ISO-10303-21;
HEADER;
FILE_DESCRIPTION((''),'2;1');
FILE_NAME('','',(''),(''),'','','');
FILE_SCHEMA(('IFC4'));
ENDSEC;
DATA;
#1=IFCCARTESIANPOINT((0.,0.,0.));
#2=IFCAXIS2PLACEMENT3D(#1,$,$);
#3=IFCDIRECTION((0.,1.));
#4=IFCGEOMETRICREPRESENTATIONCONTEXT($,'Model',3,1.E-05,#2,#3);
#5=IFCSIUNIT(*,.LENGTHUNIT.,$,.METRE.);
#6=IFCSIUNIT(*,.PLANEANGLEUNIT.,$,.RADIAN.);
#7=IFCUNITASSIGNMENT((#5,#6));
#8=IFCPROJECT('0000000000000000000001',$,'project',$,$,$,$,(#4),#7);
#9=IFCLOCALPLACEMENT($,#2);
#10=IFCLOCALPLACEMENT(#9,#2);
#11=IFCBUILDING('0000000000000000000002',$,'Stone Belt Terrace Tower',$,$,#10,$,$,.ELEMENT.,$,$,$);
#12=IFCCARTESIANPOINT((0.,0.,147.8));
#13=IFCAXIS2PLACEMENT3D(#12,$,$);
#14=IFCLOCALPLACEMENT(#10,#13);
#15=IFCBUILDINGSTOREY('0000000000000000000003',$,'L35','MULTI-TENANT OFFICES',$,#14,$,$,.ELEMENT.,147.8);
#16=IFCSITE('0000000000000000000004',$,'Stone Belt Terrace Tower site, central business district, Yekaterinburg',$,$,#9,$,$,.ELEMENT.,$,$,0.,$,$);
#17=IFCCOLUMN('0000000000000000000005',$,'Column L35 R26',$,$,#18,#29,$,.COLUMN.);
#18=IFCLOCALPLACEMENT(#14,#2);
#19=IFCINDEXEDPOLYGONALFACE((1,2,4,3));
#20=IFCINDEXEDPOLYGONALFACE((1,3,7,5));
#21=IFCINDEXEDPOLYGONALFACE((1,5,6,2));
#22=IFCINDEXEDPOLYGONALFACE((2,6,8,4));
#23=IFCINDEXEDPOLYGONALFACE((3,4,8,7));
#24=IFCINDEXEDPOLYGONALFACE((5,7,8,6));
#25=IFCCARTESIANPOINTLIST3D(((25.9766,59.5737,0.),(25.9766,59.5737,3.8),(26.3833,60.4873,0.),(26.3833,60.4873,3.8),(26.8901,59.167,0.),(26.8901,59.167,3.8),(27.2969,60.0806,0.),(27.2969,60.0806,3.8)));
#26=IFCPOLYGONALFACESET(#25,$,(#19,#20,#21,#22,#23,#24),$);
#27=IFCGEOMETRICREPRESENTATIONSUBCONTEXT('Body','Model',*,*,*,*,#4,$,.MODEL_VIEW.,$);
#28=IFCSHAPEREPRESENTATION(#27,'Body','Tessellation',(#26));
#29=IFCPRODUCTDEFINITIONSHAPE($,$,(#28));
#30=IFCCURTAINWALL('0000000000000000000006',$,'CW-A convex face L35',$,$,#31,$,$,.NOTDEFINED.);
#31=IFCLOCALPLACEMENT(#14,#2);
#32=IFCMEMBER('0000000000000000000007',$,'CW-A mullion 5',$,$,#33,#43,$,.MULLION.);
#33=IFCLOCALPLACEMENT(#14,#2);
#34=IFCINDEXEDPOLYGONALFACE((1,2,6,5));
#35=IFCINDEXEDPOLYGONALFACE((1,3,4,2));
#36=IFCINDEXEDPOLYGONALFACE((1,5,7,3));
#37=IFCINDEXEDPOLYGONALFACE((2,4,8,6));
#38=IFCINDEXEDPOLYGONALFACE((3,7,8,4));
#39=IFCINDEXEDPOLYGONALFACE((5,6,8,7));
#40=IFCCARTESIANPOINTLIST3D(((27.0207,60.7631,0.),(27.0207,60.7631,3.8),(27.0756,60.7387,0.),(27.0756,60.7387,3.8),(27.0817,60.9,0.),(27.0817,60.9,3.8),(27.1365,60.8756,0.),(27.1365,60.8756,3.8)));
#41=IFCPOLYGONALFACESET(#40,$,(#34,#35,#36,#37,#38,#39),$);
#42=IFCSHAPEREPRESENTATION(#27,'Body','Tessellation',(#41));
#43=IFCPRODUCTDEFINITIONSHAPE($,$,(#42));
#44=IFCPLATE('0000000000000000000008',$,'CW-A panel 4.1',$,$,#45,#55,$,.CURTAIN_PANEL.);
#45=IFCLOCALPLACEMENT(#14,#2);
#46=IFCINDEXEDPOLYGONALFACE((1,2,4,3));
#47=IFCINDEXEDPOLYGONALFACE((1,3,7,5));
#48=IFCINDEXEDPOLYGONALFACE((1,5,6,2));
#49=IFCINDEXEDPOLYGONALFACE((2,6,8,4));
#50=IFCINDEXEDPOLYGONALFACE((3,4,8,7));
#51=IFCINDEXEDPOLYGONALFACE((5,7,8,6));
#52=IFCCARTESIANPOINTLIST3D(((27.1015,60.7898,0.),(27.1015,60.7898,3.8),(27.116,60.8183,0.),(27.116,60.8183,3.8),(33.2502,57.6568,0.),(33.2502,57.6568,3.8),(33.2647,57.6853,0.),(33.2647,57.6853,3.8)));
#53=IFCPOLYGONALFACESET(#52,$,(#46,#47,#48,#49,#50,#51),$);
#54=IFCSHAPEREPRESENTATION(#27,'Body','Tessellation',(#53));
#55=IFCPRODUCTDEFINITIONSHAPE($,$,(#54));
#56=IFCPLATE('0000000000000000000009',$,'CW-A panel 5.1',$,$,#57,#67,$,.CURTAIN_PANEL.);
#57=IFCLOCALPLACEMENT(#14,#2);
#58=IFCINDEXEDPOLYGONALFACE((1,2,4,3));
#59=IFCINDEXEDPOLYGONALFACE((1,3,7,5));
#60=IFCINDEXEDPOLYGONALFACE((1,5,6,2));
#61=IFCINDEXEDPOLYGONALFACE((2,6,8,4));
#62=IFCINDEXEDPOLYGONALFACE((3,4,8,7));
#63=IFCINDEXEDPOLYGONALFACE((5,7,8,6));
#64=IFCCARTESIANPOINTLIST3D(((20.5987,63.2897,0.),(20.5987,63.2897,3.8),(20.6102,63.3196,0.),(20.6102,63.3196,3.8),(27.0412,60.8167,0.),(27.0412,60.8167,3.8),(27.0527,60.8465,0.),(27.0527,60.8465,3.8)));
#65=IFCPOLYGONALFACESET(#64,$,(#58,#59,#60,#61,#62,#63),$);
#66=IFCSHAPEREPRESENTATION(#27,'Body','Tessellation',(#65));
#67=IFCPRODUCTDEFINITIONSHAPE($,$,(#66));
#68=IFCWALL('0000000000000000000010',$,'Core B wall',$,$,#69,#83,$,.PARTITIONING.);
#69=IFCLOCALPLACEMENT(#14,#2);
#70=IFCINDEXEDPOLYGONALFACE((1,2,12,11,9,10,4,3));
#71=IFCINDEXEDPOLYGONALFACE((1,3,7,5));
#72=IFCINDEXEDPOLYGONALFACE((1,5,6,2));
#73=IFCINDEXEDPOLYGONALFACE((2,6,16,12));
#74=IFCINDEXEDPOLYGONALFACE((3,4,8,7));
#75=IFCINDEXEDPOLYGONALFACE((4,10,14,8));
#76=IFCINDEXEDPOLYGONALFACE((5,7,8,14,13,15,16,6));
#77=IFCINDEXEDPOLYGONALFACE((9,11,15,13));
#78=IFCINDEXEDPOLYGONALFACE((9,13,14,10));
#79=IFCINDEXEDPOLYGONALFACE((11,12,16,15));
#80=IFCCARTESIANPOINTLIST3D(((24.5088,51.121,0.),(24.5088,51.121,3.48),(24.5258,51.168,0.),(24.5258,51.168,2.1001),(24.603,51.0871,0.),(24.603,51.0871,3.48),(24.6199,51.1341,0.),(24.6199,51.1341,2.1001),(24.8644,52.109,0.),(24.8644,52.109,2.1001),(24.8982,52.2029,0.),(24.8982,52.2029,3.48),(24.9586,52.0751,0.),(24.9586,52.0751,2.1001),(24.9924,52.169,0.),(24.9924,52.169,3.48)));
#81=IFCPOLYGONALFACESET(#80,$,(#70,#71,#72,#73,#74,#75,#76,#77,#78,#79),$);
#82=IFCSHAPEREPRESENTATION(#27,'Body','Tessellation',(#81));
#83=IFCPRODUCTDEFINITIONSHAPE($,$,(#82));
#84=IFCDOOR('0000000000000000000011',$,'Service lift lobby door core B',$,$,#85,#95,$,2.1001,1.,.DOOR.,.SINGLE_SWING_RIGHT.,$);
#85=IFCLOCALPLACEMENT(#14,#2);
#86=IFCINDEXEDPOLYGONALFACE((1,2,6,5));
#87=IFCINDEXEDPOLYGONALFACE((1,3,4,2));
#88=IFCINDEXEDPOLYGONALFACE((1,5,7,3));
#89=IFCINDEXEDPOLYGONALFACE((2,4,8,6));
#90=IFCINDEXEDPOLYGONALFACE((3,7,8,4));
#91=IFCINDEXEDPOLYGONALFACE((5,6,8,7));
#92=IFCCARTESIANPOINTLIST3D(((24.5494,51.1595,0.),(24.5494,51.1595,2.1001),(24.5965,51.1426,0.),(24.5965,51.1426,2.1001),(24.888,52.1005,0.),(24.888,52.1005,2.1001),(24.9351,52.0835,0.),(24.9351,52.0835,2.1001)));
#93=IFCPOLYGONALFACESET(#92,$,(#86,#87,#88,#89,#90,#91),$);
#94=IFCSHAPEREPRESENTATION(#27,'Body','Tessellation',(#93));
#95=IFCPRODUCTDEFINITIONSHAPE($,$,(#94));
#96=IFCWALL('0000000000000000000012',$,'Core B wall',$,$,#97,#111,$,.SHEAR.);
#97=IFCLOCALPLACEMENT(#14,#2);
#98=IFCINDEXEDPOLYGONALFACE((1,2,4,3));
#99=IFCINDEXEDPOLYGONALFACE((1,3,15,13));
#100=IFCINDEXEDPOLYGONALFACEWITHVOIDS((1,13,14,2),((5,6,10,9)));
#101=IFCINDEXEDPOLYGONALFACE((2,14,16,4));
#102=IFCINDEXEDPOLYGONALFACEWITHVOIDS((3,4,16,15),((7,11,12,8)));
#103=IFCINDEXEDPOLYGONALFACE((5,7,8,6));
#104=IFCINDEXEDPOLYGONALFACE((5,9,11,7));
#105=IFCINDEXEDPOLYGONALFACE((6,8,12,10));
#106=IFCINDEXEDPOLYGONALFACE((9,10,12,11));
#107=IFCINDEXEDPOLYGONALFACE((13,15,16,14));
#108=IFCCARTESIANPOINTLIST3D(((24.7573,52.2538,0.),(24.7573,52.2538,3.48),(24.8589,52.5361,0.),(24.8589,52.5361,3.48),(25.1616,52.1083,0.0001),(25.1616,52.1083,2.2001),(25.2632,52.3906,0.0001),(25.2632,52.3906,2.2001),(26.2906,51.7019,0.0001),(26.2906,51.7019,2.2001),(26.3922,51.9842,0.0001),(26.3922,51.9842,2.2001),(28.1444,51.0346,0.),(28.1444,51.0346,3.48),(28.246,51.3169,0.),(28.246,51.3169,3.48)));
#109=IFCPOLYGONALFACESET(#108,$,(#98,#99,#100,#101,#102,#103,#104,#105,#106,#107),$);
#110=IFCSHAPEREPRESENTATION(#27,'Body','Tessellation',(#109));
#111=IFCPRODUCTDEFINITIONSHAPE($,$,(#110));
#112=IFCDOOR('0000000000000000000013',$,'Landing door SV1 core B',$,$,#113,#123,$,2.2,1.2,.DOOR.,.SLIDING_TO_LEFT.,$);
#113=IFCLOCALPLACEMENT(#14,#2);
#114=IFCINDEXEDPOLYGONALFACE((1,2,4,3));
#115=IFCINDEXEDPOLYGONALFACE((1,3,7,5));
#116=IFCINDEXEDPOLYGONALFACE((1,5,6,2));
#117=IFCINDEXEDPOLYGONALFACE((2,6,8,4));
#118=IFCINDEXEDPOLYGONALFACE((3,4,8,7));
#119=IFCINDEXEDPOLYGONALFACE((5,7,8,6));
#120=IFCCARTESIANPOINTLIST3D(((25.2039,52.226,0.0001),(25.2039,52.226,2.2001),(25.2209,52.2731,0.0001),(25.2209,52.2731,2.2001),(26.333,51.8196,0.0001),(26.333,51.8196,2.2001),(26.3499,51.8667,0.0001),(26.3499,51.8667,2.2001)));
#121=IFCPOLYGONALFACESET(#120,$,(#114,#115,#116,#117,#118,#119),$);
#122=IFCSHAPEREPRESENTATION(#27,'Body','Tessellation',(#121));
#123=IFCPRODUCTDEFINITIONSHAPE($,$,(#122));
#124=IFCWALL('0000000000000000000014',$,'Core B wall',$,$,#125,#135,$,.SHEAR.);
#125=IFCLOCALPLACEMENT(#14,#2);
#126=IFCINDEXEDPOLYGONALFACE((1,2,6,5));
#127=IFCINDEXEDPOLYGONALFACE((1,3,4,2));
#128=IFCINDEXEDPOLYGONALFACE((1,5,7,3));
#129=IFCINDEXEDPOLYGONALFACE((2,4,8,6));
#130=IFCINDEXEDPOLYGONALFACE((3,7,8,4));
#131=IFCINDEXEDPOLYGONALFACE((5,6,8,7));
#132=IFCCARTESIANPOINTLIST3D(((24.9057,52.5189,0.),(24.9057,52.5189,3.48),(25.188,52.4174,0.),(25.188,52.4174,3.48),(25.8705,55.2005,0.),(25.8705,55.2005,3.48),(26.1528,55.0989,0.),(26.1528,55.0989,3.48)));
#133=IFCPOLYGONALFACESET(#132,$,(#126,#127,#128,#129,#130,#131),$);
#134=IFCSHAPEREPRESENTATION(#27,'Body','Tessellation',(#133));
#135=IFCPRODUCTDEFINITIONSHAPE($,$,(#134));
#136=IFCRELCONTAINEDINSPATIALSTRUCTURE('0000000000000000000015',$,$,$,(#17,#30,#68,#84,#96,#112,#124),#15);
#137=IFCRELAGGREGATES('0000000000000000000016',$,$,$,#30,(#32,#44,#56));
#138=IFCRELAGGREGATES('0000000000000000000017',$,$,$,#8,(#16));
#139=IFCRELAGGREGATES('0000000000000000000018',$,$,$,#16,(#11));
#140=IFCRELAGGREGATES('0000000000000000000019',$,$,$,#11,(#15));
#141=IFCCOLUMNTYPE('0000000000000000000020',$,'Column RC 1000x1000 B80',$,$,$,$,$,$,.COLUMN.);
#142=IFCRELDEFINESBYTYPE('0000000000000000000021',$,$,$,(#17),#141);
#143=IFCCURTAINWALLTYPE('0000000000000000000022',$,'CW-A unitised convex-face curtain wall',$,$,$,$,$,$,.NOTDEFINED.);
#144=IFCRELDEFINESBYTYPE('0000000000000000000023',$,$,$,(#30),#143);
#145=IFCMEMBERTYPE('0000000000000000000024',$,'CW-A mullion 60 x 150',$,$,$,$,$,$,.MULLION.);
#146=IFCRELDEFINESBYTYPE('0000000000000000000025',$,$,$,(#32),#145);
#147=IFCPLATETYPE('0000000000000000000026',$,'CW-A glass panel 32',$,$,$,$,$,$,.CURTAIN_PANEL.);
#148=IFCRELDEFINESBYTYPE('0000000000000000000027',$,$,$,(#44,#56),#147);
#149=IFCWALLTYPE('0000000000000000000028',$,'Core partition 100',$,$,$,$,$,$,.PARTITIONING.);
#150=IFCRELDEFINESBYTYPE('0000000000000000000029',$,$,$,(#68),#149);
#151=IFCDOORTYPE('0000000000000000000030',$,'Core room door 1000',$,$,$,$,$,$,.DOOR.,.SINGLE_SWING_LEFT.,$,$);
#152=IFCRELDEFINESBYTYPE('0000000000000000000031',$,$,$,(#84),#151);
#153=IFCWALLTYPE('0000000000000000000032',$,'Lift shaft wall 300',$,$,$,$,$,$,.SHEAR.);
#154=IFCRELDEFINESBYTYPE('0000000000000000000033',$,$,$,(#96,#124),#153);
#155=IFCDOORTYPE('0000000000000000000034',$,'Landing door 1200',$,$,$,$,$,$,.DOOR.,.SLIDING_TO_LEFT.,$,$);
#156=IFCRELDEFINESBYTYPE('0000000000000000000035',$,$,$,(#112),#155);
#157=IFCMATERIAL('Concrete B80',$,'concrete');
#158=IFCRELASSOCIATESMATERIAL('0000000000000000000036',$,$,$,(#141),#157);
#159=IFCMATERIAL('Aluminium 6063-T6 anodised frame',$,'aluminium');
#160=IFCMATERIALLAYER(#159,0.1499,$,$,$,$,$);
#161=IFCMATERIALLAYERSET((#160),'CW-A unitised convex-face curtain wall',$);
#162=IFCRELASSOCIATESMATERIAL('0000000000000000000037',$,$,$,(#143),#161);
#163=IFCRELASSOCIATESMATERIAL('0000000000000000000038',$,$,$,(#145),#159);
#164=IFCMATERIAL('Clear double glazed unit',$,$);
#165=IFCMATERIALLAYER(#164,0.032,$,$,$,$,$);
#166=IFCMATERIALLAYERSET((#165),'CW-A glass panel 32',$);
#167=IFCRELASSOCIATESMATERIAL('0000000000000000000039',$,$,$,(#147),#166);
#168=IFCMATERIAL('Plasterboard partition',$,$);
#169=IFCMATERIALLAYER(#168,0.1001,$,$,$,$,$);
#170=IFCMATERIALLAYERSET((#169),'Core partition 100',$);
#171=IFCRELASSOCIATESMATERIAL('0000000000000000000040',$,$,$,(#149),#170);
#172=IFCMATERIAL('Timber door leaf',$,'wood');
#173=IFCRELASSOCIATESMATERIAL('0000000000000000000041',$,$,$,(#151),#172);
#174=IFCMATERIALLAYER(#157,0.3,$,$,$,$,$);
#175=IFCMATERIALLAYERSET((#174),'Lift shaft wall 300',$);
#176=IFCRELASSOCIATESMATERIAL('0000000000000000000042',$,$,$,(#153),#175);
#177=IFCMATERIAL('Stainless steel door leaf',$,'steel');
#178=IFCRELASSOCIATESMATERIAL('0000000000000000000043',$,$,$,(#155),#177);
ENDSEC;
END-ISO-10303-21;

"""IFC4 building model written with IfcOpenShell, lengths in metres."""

from ifc_helpers import new_model, si_unit, direction, frame, frame_2d, origin, origin_2d, place, context, subcontext, project, spatial, rectangle, extrude, material, layer, layer_set, material_profile, profile_set, type_object, element, fill, aggregate, save


model = new_model("IFC4")

# Units and contexts
model_context = context("Model", 3, precision=1e-05, world=origin(), true_north=direction((0.0, 1.0)))
body_context = subcontext(model_context, "Body", "Model", "MODEL_VIEW")
ifc_project = project(units=[si_unit("LENGTHUNIT", "METRE"), si_unit("PLANEANGLEUNIT", "RADIAN")], contexts=[model_context])

# Site, building, storey
site_placement = place(None, origin())
site = spatial("IfcSite", under=ifc_project, at=site_placement, Name="Stone Belt Terrace Tower site, central business district, Yekaterinburg", CompositionType="ELEMENT", RefElevation=0.0)
building_placement = place(site_placement, origin())
building = spatial("IfcBuilding", under=site, at=building_placement, Name="Stone Belt Terrace Tower", CompositionType="ELEMENT")
storey_placement = place(building_placement, frame((0.0, 0.0, 147.8)))
storey = spatial("IfcBuildingStorey", under=building, at=storey_placement, Name="L35", Description="MULTI-TENANT OFFICES", CompositionType="ELEMENT", Elevation=147.8)

# Column
ifc_material_1 = material(Name="Concrete B80", Category="concrete")
ifc_material_profile_1 = material_profile(ifc_material_1, rectangle(XDim=1.0, YDim=1.0, at=origin_2d()), Name="RC 1000x1000")
ifc_profile_set_1 = profile_set([ifc_material_profile_1], Name="Concrete B80")
column_type = type_object("IfcColumnType", Name="Column RC 1000x1000 B80", PredefinedType="COLUMN", material=ifc_profile_set_1)
column_placement = place(storey_placement, frame((26.6367, 59.8271, 0.0), z_axis=(0.0, 0.0, 1.0), x_axis=(0.913545, -0.406737, 0.0)))
element("IfcColumn", 1, at=column_placement, inside=storey, type_object=column_type, Name="Column L35 R26", PredefinedType="COLUMN", context=body_context, shape_type="SweptSolid", body=[
    extrude(rectangle(XDim=1.0, YDim=1.0, at=origin_2d()), origin(), (0.0, 0.0, 1.0), 3.8),
])

# Curtain wall, member, plates
ifc_material_2 = material(Name="Aluminium 6063-T6 anodised frame", Category="aluminium")
ifc_layer_1 = layer(ifc_material_2, 0.1499)
ifc_layer_set_1 = layer_set([ifc_layer_1], Name="CW-A unitised convex-face curtain wall")
curtain_wall_type = type_object("IfcCurtainWallType", Name="CW-A unitised convex-face curtain wall", PredefinedType="NOTDEFINED", material=ifc_layer_set_1)
curtain_wall_placement = place(storey_placement, origin())
curtain_wall = element("IfcCurtainWall", 2, at=curtain_wall_placement, inside=storey, type_object=curtain_wall_type, Name="CW-A convex face L35", PredefinedType="NOTDEFINED")
ifc_material_profile_2 = material_profile(ifc_material_2, rectangle(XDim=0.1499, YDim=0.0601, at=origin_2d()), Name="Aluminium 6063-T6 60x150")
ifc_profile_set_2 = profile_set([ifc_material_profile_2], Name="Aluminium 6063-T6 anodised frame")
member_type = type_object("IfcMemberType", Name="CW-A mullion 60 x 150", PredefinedType="MULLION", material=ifc_profile_set_2)
member_placement = place(storey_placement, frame((27.0786, 60.8193, 0.0), z_axis=(0.0, 0.0, 1.0), x_axis=(-0.406737, -0.913545, 0.0)))
member = element("IfcMember", 3, at=member_placement, type_object=member_type, Name="CW-A mullion 5", PredefinedType="MULLION", context=body_context, shape_type="SweptSolid", body=[
    extrude(rectangle(XDim=0.1499, YDim=0.0601, at=origin_2d()), origin(), (0.0, 0.0, 1.0), 3.8),
])
ifc_material_3 = material(Name="Clear double glazed unit")
ifc_layer_2 = layer(ifc_material_3, 0.032)
ifc_layer_set_2 = layer_set([ifc_layer_2], Name="CW-A glass panel 32")
plate_type = type_object("IfcPlateType", Name="CW-A glass panel 32", PredefinedType="CURTAIN_PANEL", material=ifc_layer_set_2)
plate_1_placement = place(storey_placement, frame((30.1831, 59.2375, 0.0), z_axis=(0.0, 0.0, 1.0), x_axis=(-0.891007, 0.45399, 0.0)))
plate_1 = element("IfcPlate", 4, at=plate_1_placement, type_object=plate_type, Name="CW-A panel 4.1", PredefinedType="CURTAIN_PANEL", context=body_context, shape_type="SweptSolid", body=[
    extrude(rectangle(XDim=6.9009, YDim=0.032, at=origin_2d()), origin(), (0.0, 0.0, 1.0), 3.8),
])
plate_2_placement = place(storey_placement, frame((23.8257, 62.0681, 0.0), z_axis=(0.0, 0.0, 1.0), x_axis=(-0.93358, 0.358368, 0.0)))
plate_2 = element("IfcPlate", 5, at=plate_2_placement, type_object=plate_type, Name="CW-A panel 5.1", PredefinedType="CURTAIN_PANEL", context=body_context, shape_type="SweptSolid", body=[
    extrude(rectangle(XDim=6.9009, YDim=0.032, at=origin_2d()), origin(), (0.0, 0.0, 1.0), 3.8),
])
aggregate(curtain_wall, [member, plate_1, plate_2])

# Walls, openings, doors
ifc_material_4 = material(Name="Plasterboard partition")
ifc_layer_3 = layer(ifc_material_4, 0.1001)
ifc_layer_set_3 = layer_set([ifc_layer_3], Name="Core partition 100")
wall_type_1 = type_object("IfcWallType", Name="Core partition 100", PredefinedType="PARTITIONING", material=ifc_layer_set_3)
wall_1_placement = place(storey_placement, frame((24.5559, 51.104, 0.0), z_axis=(0.0, 0.0, 1.0), x_axis=(0.338622, 0.940923, 0.0)))
wall_1 = element("IfcWall", 6, at=wall_1_placement, inside=storey, type_object=wall_type_1, Name="Core B wall", PredefinedType="PARTITIONING", context=body_context, shape_type="SweptSolid", body=[
    extrude(rectangle(XDim=1.1499, YDim=0.1001, at=frame_2d((0.575, 0.0))), origin(), (0.0, 0.0, 1.0), 3.48),
])
opening_1_placement = place(wall_1_placement, frame((0.05, 0.0, 0.0)))
opening_1 = element("IfcOpeningElement", 7, at=opening_1_placement, cuts=wall_1, PredefinedType="OPENING", context=body_context, shape_type="SweptSolid", body=[
    extrude(rectangle(XDim=1.0, YDim=2.1001, at=frame_2d((0.5, 1.05))), frame((0.0, 0.0601, 0.0), z_axis=(0.0, -1.0, 0.0), x_axis=(1.0, 0.0, 0.0)), (0.0, 0.0, 1.0), 0.1201),
])
ifc_material_5 = material(Name="Timber door leaf", Category="wood")
door_type_1 = type_object("IfcDoorType", Name="Core room door 1000", OperationType="SINGLE_SWING_LEFT", PredefinedType="DOOR", material=ifc_material_5)
door_1_placement = place(opening_1_placement, origin())
door_1 = element("IfcDoor", 8, at=door_1_placement, inside=storey, type_object=door_type_1, Name="Service lift lobby door core B", OperationType="SINGLE_SWING_RIGHT", OverallHeight=2.1001, OverallWidth=1.0, PredefinedType="DOOR", context=body_context, shape_type="SweptSolid", body=[
    extrude(rectangle(XDim=1.0, YDim=2.1001, at=frame_2d((0.5, 1.05))), frame((0.0, 0.0249, 0.0), z_axis=(0.0, -1.0, 0.0), x_axis=(1.0, 0.0, 0.0)), (0.0, 0.0, 1.0), 0.05),
])
fill(opening_1, door_1)
ifc_layer_4 = layer(ifc_material_1, 0.3)
ifc_layer_set_4 = layer_set([ifc_layer_4], Name="Lift shaft wall 300")
wall_type_2 = type_object("IfcWallType", Name="Lift shaft wall 300", PredefinedType="SHEAR", material=ifc_layer_set_4)
wall_2_placement = place(storey_placement, frame((28.1951, 51.1758, 0.0), z_axis=(0.0, 0.0, 1.0), x_axis=(-0.940901, 0.338681, 0.0)))
wall_2 = element("IfcWall", 9, at=wall_2_placement, inside=storey, type_object=wall_type_2, Name="Core B wall", PredefinedType="SHEAR", context=body_context, shape_type="SweptSolid", body=[
    extrude(rectangle(XDim=3.5999, YDim=0.3, at=frame_2d((1.7998, 0.0))), origin(), (0.0, 0.0, 1.0), 3.48),
])
opening_2_placement = place(wall_2_placement, frame((1.97, 0.0, 0.0)))
opening_2 = element("IfcOpeningElement", 10, at=opening_2_placement, cuts=wall_2, PredefinedType="OPENING", context=body_context, shape_type="SweptSolid", body=[
    extrude(rectangle(XDim=1.2, YDim=2.2, at=frame_2d((0.6001, 1.1001))), frame((0.0, 0.1599, 0.0), z_axis=(0.0, -1.0, 0.0), x_axis=(1.0, 0.0, 0.0)), (0.0, 0.0, 1.0), 0.3201),
])
ifc_material_6 = material(Name="Stainless steel door leaf", Category="steel")
door_type_2 = type_object("IfcDoorType", Name="Landing door 1200", OperationType="SLIDING_TO_LEFT", PredefinedType="DOOR", material=ifc_material_6)
door_2_placement = place(opening_2_placement, origin())
door_2 = element("IfcDoor", 11, at=door_2_placement, inside=storey, type_object=door_type_2, Name="Landing door SV1 core B", OperationType="SLIDING_TO_LEFT", OverallHeight=2.2, OverallWidth=1.2, PredefinedType="DOOR", context=body_context, shape_type="SweptSolid", body=[
    extrude(rectangle(XDim=1.2, YDim=2.2, at=frame_2d((0.6001, 1.1001))), frame((0.0, 0.0249, 0.0), z_axis=(0.0, -1.0, 0.0), x_axis=(1.0, 0.0, 0.0)), (0.0, 0.0, 1.0), 0.05),
])
fill(opening_2, door_2)

# Wall
wall_3_placement = place(storey_placement, frame((25.0469, 52.4683, 0.0), z_axis=(0.0, 0.0, 1.0), x_axis=(0.33855, 0.940949, 0.0)))
element("IfcWall", 12, at=wall_3_placement, inside=storey, type_object=wall_type_2, Name="Core B wall", PredefinedType="SHEAR", context=body_context, shape_type="SweptSolid", body=[
    extrude(rectangle(XDim=2.8499, YDim=0.3, at=frame_2d((1.4248, 0.0))), origin(), (0.0, 0.0, 1.0), 3.48),
])

save(model, "model.ifc")
